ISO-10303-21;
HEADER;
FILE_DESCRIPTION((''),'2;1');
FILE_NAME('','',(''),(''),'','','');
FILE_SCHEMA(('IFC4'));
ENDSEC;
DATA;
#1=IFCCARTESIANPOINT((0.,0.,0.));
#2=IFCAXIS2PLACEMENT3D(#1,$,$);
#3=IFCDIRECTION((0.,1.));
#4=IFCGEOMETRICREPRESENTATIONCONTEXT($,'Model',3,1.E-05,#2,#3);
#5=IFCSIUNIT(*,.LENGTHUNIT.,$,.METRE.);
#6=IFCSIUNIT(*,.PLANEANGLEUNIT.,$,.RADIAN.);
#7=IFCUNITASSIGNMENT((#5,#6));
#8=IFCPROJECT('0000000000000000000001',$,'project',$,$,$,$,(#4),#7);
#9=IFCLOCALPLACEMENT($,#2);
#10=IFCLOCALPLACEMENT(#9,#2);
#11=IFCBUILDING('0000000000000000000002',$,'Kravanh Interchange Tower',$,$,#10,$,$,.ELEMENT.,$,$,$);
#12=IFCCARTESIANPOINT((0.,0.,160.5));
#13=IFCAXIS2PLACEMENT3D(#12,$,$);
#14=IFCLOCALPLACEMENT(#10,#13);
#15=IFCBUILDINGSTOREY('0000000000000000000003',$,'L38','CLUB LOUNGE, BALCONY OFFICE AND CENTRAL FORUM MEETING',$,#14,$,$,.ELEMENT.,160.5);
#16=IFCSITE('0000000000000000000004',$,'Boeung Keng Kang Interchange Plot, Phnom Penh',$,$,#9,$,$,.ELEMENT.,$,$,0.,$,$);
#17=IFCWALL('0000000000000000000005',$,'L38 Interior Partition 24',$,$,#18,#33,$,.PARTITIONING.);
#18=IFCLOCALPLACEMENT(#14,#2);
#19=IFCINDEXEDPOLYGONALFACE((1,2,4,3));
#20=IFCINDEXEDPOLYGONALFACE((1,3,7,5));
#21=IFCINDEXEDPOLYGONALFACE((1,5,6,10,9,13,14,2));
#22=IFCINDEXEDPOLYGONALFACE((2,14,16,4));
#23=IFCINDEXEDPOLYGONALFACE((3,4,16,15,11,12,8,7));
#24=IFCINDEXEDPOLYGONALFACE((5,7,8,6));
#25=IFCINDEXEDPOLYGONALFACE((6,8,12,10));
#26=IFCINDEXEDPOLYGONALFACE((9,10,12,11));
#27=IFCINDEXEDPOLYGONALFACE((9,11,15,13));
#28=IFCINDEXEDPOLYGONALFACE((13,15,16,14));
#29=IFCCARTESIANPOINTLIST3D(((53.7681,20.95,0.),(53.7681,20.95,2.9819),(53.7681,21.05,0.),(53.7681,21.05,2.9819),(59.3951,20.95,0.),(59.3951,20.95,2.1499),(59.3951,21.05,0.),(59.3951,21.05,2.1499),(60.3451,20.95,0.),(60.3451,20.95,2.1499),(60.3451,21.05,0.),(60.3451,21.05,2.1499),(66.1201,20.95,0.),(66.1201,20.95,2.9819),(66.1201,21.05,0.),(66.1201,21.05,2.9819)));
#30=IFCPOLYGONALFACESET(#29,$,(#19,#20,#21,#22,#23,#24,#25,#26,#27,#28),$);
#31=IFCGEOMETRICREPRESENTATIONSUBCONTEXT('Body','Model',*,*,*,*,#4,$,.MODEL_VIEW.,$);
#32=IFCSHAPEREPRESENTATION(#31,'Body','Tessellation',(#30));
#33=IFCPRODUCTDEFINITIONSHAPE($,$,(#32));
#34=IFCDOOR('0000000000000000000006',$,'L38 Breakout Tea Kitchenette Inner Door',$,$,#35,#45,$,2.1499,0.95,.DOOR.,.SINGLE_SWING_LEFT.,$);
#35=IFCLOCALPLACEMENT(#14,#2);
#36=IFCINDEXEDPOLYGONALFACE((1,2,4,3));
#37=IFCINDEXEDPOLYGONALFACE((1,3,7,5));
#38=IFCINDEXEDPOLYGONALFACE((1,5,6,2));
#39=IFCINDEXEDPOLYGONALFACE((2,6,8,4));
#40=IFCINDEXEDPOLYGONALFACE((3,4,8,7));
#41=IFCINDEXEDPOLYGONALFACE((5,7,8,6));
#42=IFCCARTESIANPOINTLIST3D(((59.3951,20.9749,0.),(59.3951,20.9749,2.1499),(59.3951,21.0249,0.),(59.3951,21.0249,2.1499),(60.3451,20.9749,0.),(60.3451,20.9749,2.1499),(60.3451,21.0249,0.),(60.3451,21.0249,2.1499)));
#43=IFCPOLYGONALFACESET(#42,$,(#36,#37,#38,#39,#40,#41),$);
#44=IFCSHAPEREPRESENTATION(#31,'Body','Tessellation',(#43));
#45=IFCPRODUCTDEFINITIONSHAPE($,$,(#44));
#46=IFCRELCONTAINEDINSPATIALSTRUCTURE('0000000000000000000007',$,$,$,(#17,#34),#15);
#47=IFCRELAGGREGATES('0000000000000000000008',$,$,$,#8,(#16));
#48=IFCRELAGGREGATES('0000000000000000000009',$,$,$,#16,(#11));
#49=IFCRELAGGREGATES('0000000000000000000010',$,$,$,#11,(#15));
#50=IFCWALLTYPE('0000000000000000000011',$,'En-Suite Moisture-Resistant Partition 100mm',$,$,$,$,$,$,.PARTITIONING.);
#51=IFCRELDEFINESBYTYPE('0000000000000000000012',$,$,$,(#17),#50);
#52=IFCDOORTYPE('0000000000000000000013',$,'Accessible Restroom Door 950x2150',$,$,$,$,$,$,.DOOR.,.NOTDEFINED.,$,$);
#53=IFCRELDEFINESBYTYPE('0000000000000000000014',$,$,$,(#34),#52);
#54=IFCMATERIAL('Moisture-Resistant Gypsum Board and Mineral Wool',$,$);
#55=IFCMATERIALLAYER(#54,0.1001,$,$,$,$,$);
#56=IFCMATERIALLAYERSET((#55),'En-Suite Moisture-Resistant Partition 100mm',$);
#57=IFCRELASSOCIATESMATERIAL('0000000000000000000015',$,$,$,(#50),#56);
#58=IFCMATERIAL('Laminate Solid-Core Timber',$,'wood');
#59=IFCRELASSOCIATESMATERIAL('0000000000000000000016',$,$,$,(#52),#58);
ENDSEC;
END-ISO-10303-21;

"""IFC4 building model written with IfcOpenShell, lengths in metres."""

from ifc_helpers import new_model, si_unit, direction, frame, frame_2d, origin, place, context, subcontext, project, spatial, rectangle, extrude, material, layer, layer_set, type_object, element, fill, save


model = new_model("IFC4")

# Units and contexts
model_context = context("Model", 3, precision=1e-05, world=origin(), true_north=direction((0.0, 1.0)))
body_context = subcontext(model_context, "Body", "Model", "MODEL_VIEW")
ifc_project = project(units=[si_unit("LENGTHUNIT", "METRE"), si_unit("PLANEANGLEUNIT", "RADIAN")], contexts=[model_context])

# Site, building, storey
site_placement = place(None, origin())
site = spatial("IfcSite", under=ifc_project, at=site_placement, Name="Boeung Keng Kang Interchange Plot, Phnom Penh", CompositionType="ELEMENT", RefElevation=0.0)
building_placement = place(site_placement, origin())
building = spatial("IfcBuilding", under=site, at=building_placement, Name="Kravanh Interchange Tower", CompositionType="ELEMENT")
storey_placement = place(building_placement, frame((0.0, 0.0, 160.5)))
storey = spatial("IfcBuildingStorey", under=building, at=storey_placement, Name="L38", Description="CLUB LOUNGE, BALCONY OFFICE AND CENTRAL FORUM MEETING", CompositionType="ELEMENT", Elevation=160.5)

# Wall, opening, door
ifc_material_1 = material(Name="Moisture-Resistant Gypsum Board and Mineral Wool")
ifc_layer_1 = layer(ifc_material_1, 0.1001)
ifc_layer_set_1 = layer_set([ifc_layer_1], Name="En-Suite Moisture-Resistant Partition 100mm")
wall_type_1 = type_object("IfcWallType", Name="En-Suite Moisture-Resistant Partition 100mm", PredefinedType="PARTITIONING", material=ifc_layer_set_1)
wall_1_placement = place(storey_placement, frame((53.7681, 21.0, 0.0), z_axis=(0.0, 0.0, 1.0), x_axis=(1.0, 0.0, 0.0)))
wall_1 = element("IfcWall", 1, at=wall_1_placement, inside=storey, type_object=wall_type_1, Name="L38 Interior Partition 24", PredefinedType="PARTITIONING", context=body_context, shape_type="SweptSolid", body=[
    extrude(rectangle(XDim=12.3521, YDim=0.1001, at=frame_2d((6.176, 0.0))), origin(), (0.0, 0.0, 1.0), 2.9819),
])
opening_placement = place(wall_1_placement, frame((5.627, 0.0, 0.0)))
opening = element("IfcOpeningElement", 2, at=opening_placement, cuts=wall_1, PredefinedType="OPENING", context=body_context, shape_type="SweptSolid", body=[
    extrude(rectangle(XDim=0.95, YDim=2.1499, at=frame_2d((0.4751, 1.075))), frame((0.0, 0.0601, 0.0), z_axis=(0.0, -1.0, 0.0), x_axis=(1.0, 0.0, 0.0)), (0.0, 0.0, 1.0), 0.1201),
])
ifc_material_2 = material(Name="Laminate Solid-Core Timber", Category="wood")
door_type = type_object("IfcDoorType", Name="Accessible Restroom Door 950x2150", OperationType="NOTDEFINED", PredefinedType="DOOR", material=ifc_material_2)
door_placement = place(opening_placement, origin())
door = element("IfcDoor", 3, at=door_placement, inside=storey, type_object=door_type, Name="L38 Breakout Tea Kitchenette Inner Door", OperationType="SINGLE_SWING_LEFT", OverallHeight=2.1499, OverallWidth=0.95, PredefinedType="DOOR", context=body_context, shape_type="SweptSolid", body=[
    extrude(rectangle(XDim=0.95, YDim=2.1499, at=frame_2d((0.4751, 1.075))), frame((0.0, 0.0249, 0.0), z_axis=(0.0, -1.0, 0.0), x_axis=(1.0, 0.0, 0.0)), (0.0, 0.0, 1.0), 0.05),
])
fill(opening, door)

save(model, "model.ifc")
